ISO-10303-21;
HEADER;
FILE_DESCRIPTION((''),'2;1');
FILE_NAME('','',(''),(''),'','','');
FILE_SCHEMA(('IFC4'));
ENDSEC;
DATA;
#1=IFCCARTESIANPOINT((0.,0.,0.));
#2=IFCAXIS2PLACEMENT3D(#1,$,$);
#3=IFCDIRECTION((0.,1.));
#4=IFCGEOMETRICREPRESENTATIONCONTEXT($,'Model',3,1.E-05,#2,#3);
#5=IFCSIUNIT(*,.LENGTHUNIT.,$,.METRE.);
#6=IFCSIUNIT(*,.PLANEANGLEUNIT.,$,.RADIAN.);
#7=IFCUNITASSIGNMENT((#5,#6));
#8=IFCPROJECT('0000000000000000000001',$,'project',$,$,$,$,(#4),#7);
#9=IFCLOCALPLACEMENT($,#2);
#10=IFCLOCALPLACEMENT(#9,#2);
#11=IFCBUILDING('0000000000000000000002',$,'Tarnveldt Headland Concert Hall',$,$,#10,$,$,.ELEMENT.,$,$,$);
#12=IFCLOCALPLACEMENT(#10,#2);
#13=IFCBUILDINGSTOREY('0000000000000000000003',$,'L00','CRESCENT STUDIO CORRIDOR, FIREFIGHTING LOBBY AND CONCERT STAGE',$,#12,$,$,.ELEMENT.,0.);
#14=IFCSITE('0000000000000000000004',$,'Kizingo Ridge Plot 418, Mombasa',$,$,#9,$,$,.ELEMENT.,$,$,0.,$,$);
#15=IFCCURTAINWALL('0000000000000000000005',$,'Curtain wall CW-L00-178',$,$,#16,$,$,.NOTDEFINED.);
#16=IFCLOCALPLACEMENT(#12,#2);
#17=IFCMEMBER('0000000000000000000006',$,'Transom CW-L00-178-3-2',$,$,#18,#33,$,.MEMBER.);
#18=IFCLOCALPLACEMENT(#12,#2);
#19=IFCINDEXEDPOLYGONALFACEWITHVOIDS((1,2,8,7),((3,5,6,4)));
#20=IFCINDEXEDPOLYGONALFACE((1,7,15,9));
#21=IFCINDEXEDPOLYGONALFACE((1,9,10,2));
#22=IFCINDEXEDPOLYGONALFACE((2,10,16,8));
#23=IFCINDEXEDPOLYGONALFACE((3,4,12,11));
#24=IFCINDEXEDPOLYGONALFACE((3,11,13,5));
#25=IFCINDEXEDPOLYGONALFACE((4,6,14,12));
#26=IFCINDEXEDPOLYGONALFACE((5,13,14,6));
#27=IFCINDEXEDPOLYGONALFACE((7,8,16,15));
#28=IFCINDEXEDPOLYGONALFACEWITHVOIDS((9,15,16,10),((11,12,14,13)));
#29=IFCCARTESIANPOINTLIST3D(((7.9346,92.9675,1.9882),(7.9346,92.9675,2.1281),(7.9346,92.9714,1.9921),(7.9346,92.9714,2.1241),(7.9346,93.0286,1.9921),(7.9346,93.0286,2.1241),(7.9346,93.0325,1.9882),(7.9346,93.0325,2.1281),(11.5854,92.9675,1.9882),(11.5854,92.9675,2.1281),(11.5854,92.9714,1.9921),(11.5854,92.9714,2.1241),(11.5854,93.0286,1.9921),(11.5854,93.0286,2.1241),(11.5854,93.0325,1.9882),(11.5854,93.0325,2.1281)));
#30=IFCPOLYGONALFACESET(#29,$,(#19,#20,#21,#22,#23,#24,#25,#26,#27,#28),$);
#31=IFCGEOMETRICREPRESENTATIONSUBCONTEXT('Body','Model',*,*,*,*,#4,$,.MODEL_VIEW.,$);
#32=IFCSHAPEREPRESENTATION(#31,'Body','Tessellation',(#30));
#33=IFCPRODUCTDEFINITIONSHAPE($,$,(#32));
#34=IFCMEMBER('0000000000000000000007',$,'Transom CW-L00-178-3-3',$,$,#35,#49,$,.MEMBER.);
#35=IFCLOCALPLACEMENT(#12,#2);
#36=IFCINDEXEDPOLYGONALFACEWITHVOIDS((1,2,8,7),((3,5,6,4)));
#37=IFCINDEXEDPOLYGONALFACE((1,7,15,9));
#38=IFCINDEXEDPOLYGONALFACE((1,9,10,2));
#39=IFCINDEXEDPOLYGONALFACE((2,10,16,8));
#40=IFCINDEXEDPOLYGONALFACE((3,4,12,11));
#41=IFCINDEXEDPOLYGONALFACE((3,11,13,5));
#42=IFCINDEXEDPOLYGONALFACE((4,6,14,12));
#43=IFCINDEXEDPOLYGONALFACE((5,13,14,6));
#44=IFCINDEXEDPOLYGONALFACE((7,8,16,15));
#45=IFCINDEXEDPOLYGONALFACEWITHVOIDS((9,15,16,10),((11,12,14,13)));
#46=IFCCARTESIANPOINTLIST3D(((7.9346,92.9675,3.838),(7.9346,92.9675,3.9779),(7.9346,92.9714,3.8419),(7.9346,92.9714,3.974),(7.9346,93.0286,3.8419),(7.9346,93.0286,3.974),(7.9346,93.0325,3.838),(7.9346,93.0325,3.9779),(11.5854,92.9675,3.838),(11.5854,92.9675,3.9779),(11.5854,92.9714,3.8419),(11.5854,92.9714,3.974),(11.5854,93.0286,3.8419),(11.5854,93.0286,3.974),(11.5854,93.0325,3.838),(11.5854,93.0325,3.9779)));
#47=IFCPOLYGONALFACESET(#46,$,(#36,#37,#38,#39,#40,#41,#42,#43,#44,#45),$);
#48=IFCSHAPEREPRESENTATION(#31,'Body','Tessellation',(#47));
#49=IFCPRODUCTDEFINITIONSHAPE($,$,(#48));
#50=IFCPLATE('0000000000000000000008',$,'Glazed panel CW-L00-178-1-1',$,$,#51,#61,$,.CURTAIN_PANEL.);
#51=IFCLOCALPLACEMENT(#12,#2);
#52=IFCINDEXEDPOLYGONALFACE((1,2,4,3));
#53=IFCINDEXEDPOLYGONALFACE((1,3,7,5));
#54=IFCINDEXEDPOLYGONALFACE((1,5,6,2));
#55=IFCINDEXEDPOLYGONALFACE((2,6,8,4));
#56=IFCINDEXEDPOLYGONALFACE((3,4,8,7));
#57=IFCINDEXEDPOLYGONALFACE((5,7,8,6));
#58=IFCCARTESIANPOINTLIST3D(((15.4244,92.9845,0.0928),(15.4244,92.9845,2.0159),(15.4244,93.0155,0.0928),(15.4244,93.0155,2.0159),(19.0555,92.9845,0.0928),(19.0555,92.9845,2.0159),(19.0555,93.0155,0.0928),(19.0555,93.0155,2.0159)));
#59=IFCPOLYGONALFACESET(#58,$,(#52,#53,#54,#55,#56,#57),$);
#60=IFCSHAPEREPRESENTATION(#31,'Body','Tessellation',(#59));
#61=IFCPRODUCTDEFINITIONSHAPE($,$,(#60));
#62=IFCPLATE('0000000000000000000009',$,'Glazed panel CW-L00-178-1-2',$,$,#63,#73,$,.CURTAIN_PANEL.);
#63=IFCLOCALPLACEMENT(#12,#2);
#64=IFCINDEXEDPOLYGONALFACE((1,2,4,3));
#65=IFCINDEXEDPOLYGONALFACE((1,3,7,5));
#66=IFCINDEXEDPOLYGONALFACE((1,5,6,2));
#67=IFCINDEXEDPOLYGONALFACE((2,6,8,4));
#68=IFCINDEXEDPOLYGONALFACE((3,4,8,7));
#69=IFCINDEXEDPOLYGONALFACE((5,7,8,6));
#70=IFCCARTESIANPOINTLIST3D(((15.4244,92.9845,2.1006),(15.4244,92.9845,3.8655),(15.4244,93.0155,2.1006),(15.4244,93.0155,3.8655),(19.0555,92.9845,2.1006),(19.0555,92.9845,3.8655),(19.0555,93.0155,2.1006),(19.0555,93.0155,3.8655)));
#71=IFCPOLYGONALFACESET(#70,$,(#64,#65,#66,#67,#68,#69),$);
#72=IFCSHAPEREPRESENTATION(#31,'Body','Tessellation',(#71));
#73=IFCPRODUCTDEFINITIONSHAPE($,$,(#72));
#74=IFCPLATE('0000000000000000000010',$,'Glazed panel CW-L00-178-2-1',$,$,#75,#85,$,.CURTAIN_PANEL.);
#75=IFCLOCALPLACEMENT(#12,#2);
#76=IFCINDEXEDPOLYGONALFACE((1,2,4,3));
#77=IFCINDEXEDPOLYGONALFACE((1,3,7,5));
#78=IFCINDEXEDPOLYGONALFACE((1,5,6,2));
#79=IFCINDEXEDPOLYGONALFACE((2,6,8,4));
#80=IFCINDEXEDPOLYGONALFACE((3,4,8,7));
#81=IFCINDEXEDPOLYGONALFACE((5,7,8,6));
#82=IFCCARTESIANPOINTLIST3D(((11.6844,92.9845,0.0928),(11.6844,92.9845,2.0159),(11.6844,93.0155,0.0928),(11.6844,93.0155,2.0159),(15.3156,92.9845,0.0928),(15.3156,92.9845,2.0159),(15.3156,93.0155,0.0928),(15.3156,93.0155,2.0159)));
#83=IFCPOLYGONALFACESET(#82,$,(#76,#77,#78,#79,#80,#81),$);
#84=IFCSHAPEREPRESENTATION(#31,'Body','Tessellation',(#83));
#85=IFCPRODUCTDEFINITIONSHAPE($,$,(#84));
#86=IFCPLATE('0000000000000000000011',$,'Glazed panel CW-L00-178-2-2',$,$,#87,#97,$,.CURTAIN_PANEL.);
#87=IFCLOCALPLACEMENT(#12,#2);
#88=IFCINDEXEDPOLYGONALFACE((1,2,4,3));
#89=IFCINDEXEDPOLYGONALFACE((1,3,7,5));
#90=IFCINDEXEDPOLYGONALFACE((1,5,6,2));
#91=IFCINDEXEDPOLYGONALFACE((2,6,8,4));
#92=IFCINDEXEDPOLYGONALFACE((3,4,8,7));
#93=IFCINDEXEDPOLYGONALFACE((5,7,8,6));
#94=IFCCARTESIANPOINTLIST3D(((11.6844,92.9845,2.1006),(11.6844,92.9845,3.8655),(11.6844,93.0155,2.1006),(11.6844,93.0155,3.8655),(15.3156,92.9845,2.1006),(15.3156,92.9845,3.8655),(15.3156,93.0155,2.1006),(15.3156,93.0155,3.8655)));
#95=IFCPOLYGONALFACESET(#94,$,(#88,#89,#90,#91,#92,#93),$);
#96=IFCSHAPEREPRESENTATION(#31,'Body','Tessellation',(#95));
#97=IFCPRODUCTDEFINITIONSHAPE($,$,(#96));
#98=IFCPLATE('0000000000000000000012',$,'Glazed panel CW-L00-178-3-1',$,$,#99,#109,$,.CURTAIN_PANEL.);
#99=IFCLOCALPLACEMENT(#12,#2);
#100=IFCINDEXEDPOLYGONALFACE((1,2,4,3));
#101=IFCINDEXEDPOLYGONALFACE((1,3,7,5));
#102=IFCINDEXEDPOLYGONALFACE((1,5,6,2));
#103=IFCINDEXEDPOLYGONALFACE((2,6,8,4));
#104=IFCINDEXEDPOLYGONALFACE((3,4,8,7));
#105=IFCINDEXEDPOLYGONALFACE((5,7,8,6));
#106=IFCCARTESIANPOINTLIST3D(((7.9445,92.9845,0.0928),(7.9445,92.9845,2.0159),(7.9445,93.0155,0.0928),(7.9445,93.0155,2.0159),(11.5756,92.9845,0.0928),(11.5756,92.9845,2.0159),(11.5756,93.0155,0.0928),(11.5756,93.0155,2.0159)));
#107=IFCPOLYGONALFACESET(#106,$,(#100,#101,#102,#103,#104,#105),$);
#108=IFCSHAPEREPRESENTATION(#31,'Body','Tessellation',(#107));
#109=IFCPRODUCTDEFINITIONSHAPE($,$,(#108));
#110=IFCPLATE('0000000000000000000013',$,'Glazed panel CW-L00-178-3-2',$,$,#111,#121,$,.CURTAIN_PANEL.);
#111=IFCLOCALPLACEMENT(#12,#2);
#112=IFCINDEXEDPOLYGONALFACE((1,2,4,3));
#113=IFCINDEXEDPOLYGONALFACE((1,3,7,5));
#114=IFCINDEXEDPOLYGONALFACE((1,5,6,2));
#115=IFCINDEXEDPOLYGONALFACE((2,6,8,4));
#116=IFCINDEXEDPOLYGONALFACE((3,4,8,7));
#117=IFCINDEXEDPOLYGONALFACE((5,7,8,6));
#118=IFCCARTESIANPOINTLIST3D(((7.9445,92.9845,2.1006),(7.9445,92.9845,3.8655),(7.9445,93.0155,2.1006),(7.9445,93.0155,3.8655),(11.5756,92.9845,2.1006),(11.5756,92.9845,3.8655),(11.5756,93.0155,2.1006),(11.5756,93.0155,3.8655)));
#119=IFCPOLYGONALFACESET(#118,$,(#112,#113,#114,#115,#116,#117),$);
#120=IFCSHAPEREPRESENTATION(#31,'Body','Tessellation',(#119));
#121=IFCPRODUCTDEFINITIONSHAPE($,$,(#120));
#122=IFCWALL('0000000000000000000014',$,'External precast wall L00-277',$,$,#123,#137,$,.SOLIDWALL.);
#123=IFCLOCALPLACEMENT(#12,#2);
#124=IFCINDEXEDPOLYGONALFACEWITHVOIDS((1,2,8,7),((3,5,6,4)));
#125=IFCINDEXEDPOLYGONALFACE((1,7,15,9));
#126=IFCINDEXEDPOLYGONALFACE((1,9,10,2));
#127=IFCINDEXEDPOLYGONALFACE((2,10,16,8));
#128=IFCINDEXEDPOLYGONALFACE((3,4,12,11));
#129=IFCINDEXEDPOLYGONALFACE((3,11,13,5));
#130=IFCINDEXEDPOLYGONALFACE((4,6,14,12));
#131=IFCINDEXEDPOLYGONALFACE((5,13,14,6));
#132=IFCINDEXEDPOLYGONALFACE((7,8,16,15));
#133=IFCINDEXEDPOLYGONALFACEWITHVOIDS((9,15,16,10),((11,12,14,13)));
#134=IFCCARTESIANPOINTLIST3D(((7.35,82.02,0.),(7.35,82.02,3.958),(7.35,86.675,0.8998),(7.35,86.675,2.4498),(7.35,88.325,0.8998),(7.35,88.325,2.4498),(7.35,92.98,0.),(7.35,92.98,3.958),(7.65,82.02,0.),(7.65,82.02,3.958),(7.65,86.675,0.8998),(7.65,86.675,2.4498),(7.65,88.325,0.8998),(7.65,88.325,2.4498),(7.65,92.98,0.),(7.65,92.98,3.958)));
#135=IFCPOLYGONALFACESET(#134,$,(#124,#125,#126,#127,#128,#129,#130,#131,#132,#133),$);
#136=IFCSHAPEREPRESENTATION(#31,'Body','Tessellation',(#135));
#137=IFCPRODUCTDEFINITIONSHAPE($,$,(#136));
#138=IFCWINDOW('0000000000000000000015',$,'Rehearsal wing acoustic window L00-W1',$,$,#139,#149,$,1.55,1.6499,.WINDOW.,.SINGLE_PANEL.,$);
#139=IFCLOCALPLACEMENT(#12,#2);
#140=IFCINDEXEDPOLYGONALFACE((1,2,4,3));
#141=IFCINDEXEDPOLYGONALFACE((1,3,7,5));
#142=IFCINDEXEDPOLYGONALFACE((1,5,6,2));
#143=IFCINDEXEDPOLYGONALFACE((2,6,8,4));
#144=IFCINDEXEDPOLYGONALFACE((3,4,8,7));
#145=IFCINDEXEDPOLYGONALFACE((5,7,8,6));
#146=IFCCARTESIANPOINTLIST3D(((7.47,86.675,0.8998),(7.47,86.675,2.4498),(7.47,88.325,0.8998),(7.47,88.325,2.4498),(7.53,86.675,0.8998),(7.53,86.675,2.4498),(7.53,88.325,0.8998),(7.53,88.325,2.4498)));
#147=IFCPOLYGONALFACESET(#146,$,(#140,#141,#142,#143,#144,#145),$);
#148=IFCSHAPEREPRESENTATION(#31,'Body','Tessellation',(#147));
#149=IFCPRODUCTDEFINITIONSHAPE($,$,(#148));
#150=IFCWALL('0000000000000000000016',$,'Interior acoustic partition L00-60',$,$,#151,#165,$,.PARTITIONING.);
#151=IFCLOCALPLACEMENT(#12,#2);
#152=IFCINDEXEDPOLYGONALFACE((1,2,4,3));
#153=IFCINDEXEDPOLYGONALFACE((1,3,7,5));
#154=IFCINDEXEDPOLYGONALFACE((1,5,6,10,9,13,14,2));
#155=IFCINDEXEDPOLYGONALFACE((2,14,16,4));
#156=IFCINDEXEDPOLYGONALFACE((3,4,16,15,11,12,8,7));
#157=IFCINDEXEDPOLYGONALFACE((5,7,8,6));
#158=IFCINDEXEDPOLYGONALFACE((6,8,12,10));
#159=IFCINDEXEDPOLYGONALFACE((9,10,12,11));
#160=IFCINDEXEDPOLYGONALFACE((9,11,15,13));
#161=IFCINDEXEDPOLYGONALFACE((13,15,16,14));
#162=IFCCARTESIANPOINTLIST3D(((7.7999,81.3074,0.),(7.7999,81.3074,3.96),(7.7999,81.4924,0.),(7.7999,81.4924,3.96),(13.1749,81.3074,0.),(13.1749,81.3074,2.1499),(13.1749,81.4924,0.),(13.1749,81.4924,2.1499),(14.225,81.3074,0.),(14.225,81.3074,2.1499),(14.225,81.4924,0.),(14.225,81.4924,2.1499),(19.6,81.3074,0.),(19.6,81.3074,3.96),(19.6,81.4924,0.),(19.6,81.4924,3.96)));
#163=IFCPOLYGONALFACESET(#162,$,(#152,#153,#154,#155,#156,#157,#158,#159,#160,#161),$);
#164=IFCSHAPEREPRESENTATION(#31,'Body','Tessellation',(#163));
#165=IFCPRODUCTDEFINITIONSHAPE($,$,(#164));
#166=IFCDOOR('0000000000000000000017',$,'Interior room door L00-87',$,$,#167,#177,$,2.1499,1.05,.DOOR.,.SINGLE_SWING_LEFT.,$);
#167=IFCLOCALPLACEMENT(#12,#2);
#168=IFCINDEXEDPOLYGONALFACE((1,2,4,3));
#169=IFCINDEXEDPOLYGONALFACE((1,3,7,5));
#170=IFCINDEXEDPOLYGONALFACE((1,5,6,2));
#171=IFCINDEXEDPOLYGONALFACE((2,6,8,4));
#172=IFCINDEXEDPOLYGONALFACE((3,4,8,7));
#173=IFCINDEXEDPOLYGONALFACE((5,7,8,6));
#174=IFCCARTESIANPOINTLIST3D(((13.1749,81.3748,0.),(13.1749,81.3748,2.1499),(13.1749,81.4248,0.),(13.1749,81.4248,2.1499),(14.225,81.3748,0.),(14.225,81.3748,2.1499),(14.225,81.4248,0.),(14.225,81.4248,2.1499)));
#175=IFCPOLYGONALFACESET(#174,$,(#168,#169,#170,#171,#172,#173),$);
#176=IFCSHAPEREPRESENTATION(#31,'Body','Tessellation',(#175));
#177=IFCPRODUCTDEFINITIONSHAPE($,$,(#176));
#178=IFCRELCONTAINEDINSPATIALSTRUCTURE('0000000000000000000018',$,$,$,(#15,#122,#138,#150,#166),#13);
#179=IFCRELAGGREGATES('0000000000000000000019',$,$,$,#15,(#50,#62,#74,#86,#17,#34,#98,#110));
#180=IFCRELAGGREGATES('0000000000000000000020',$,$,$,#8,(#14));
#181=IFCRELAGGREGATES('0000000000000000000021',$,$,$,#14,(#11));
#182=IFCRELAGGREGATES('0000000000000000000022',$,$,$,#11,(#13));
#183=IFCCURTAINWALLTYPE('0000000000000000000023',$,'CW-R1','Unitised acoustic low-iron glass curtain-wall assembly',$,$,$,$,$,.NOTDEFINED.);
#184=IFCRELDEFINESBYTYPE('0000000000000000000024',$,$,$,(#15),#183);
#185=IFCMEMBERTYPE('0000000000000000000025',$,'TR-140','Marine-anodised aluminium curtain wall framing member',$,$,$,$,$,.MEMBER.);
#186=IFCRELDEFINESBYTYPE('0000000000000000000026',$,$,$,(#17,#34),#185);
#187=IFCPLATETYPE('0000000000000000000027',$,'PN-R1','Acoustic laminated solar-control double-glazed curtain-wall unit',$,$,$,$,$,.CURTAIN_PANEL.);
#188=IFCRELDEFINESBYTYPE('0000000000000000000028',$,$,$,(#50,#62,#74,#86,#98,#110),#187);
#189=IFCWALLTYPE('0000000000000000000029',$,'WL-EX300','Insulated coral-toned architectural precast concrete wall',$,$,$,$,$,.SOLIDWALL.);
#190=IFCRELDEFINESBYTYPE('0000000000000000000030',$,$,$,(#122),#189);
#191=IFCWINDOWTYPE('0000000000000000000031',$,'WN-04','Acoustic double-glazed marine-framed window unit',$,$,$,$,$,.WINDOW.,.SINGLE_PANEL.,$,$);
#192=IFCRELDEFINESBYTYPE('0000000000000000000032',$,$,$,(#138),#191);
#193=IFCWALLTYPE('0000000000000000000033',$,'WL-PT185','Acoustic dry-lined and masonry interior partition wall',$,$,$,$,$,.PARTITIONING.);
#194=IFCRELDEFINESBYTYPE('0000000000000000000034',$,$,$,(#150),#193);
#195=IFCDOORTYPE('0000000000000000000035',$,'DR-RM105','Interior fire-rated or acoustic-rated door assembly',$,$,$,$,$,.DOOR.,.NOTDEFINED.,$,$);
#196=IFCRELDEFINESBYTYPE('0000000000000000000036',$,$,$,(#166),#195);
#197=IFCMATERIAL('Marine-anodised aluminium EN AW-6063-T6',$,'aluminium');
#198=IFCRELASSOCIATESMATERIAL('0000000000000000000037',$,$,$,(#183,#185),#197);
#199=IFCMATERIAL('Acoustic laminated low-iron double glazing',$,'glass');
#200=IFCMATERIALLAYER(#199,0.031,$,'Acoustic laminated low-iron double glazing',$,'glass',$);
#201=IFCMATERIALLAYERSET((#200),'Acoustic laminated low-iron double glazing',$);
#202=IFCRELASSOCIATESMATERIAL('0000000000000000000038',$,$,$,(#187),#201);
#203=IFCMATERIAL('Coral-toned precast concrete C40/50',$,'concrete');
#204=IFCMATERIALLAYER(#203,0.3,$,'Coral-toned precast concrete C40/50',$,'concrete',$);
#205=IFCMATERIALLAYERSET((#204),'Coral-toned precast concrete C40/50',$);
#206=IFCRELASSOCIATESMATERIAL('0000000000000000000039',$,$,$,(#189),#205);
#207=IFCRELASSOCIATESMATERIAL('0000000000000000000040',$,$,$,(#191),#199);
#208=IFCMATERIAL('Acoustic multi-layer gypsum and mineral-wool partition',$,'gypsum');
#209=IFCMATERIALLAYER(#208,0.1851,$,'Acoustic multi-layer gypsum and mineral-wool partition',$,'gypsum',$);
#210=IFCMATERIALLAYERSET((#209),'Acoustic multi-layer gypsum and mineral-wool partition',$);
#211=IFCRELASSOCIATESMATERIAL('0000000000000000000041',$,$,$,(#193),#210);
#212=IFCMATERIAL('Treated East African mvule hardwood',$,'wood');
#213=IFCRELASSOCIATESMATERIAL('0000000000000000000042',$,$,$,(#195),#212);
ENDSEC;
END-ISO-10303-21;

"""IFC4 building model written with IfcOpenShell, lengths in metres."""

from ifc_helpers import new_model, si_unit, direction, frame, frame_2d, origin, origin_2d, place, context, subcontext, project, spatial, rectangle, hollow_rectangle, extrude, material, layer, layer_set, material_profile, profile_set, type_object, element, fill, aggregate, save


model = new_model("IFC4")

# Units and contexts
model_context = context("Model", 3, precision=1e-05, world=origin(), true_north=direction((0.0, 1.0)))
body_context = subcontext(model_context, "Body", "Model", "MODEL_VIEW")
ifc_project = project(units=[si_unit("LENGTHUNIT", "METRE"), si_unit("PLANEANGLEUNIT", "RADIAN")], contexts=[model_context])

# Site, building, storey
site_placement = place(None, origin())
site = spatial("IfcSite", under=ifc_project, at=site_placement, Name="Kizingo Ridge Plot 418, Mombasa", CompositionType="ELEMENT", RefElevation=0.0)
building_placement = place(site_placement, origin())
building = spatial("IfcBuilding", under=site, at=building_placement, Name="Tarnveldt Headland Concert Hall", CompositionType="ELEMENT")
storey_placement = place(building_placement, origin())
storey = spatial("IfcBuildingStorey", under=building, at=storey_placement, Name="L00", Description="CRESCENT STUDIO CORRIDOR, FIREFIGHTING LOBBY AND CONCERT STAGE", CompositionType="ELEMENT", Elevation=0.0)

# Curtain wall
ifc_material_1 = material(Name="Marine-anodised aluminium EN AW-6063-T6", Category="aluminium")
curtain_wall_type = type_object("IfcCurtainWallType", Name="CW-R1", Description="Unitised acoustic low-iron glass curtain-wall assembly", PredefinedType="NOTDEFINED", material=ifc_material_1)
curtain_wall_placement = place(storey_placement, origin())
curtain_wall = element("IfcCurtainWall", 1, at=curtain_wall_placement, inside=storey, type_object=curtain_wall_type, Name="Curtain wall CW-L00-178", PredefinedType="NOTDEFINED")

# Members
ifc_material_profile_1 = material_profile(ifc_material_1, hollow_rectangle(XDim=0.0649, YDim=0.1399, WallThickness=0.0039, at=origin_2d()), Name="ALU TRANSOM 65x140x4", Category="aluminium")
ifc_profile_set_1 = profile_set([ifc_material_profile_1], Name="Marine-anodised aluminium EN AW-6063-T6")
member_type_1 = type_object("IfcMemberType", Name="TR-140", Description="Marine-anodised aluminium curtain wall framing member", PredefinedType="MEMBER", material=ifc_profile_set_1)
member_1_placement = place(storey_placement, frame((11.5854, 93.0, 2.0581), z_axis=(-1.0, 0.0, 0.0), x_axis=(0.0, -1.0, 0.0)))
member_1 = element("IfcMember", 2, at=member_1_placement, type_object=member_type_1, Name="Transom CW-L00-178-3-2", PredefinedType="MEMBER", context=body_context, shape_type="SweptSolid", body=[
    extrude(hollow_rectangle(XDim=0.0649, YDim=0.1399, WallThickness=0.0039, at=origin_2d()), origin(), (0.0, 0.0, 1.0), 3.6509),
])
member_2_placement = place(storey_placement, frame((11.5854, 93.0, 3.908), z_axis=(-1.0, 0.0, 0.0), x_axis=(0.0, -1.0, 0.0)))
member_2 = element("IfcMember", 3, at=member_2_placement, type_object=member_type_1, Name="Transom CW-L00-178-3-3", PredefinedType="MEMBER", context=body_context, shape_type="SweptSolid", body=[
    extrude(hollow_rectangle(XDim=0.0649, YDim=0.1399, WallThickness=0.0039, at=origin_2d()), origin(), (0.0, 0.0, 1.0), 3.6509),
])

# Plates
ifc_material_2 = material(Name="Acoustic laminated low-iron double glazing", Category="glass")
ifc_layer_1 = layer(ifc_material_2, 0.031, Name="Acoustic laminated low-iron double glazing", Category="glass")
ifc_layer_set_1 = layer_set([ifc_layer_1], Name="Acoustic laminated low-iron double glazing")
plate_type = type_object("IfcPlateType", Name="PN-R1", Description="Acoustic laminated solar-control double-glazed curtain-wall unit", PredefinedType="CURTAIN_PANEL", material=ifc_layer_set_1)
plate_1_placement = place(storey_placement, frame((17.24, 93.0, 0.0928), z_axis=(0.0, 0.0, 1.0), x_axis=(-1.0, 0.0, 0.0)))
plate_1 = element("IfcPlate", 4, at=plate_1_placement, type_object=plate_type, Name="Glazed panel CW-L00-178-1-1", PredefinedType="CURTAIN_PANEL", context=body_context, shape_type="SweptSolid", body=[
    extrude(rectangle(XDim=3.6311, YDim=0.031, at=origin_2d()), origin(), (0.0, 0.0, 1.0), 1.9231),
])
plate_2_placement = place(storey_placement, frame((17.24, 93.0, 2.1006), z_axis=(0.0, 0.0, 1.0), x_axis=(-1.0, 0.0, 0.0)))
plate_2 = element("IfcPlate", 5, at=plate_2_placement, type_object=plate_type, Name="Glazed panel CW-L00-178-1-2", PredefinedType="CURTAIN_PANEL", context=body_context, shape_type="SweptSolid", body=[
    extrude(rectangle(XDim=3.6311, YDim=0.031, at=origin_2d()), origin(), (0.0, 0.0, 1.0), 1.7649),
])
plate_3_placement = place(storey_placement, frame((13.5, 93.0, 0.0928), z_axis=(0.0, 0.0, 1.0), x_axis=(-1.0, 0.0, 0.0)))
plate_3 = element("IfcPlate", 6, at=plate_3_placement, type_object=plate_type, Name="Glazed panel CW-L00-178-2-1", PredefinedType="CURTAIN_PANEL", context=body_context, shape_type="SweptSolid", body=[
    extrude(rectangle(XDim=3.6311, YDim=0.031, at=origin_2d()), origin(), (0.0, 0.0, 1.0), 1.9231),
])
plate_4_placement = place(storey_placement, frame((13.5, 93.0, 2.1006), z_axis=(0.0, 0.0, 1.0), x_axis=(-1.0, 0.0, 0.0)))
plate_4 = element("IfcPlate", 7, at=plate_4_placement, type_object=plate_type, Name="Glazed panel CW-L00-178-2-2", PredefinedType="CURTAIN_PANEL", context=body_context, shape_type="SweptSolid", body=[
    extrude(rectangle(XDim=3.6311, YDim=0.031, at=origin_2d()), origin(), (0.0, 0.0, 1.0), 1.7649),
])
plate_5_placement = place(storey_placement, frame((9.76, 93.0, 0.0928), z_axis=(0.0, 0.0, 1.0), x_axis=(-1.0, 0.0, 0.0)))
plate_5 = element("IfcPlate", 8, at=plate_5_placement, type_object=plate_type, Name="Glazed panel CW-L00-178-3-1", PredefinedType="CURTAIN_PANEL", context=body_context, shape_type="SweptSolid", body=[
    extrude(rectangle(XDim=3.6311, YDim=0.031, at=origin_2d()), origin(), (0.0, 0.0, 1.0), 1.9231),
])
plate_6_placement = place(storey_placement, frame((9.76, 93.0, 2.1006), z_axis=(0.0, 0.0, 1.0), x_axis=(-1.0, 0.0, 0.0)))
plate_6 = element("IfcPlate", 9, at=plate_6_placement, type_object=plate_type, Name="Glazed panel CW-L00-178-3-2", PredefinedType="CURTAIN_PANEL", context=body_context, shape_type="SweptSolid", body=[
    extrude(rectangle(XDim=3.6311, YDim=0.031, at=origin_2d()), origin(), (0.0, 0.0, 1.0), 1.7649),
])
aggregate(curtain_wall, [plate_1, plate_2, plate_3, plate_4, member_1, member_2, plate_5, plate_6])

# Wall, opening, window
ifc_material_3 = material(Name="Coral-toned precast concrete C40/50", Category="concrete")
ifc_layer_2 = layer(ifc_material_3, 0.3, Name="Coral-toned precast concrete C40/50", Category="concrete")
ifc_layer_set_2 = layer_set([ifc_layer_2], Name="Coral-toned precast concrete C40/50")
wall_type_1 = type_object("IfcWallType", Name="WL-EX300", Description="Insulated coral-toned architectural precast concrete wall", PredefinedType="SOLIDWALL", material=ifc_layer_set_2)
wall_1_placement = place(storey_placement, frame((7.5, 82.02, 0.0), z_axis=(0.0, 0.0, 1.0), x_axis=(0.0, 1.0, 0.0)))
wall_1 = element("IfcWall", 10, at=wall_1_placement, inside=storey, type_object=wall_type_1, Name="External precast wall L00-277", PredefinedType="SOLIDWALL", context=body_context, shape_type="SweptSolid", body=[
    extrude(rectangle(XDim=10.96, YDim=0.3, at=frame_2d((5.48, 0.0))), origin(), (0.0, 0.0, 1.0), 3.958),
])
opening_1_placement = place(wall_1_placement, frame((4.655, 0.0, 0.8999)))
opening_1 = element("IfcOpeningElement", 11, at=opening_1_placement, cuts=wall_1, PredefinedType="OPENING", context=body_context, shape_type="SweptSolid", body=[
    extrude(rectangle(XDim=1.6499, YDim=1.55, at=frame_2d((0.825, 0.7749))), frame((0.0, 0.1599, 0.0), z_axis=(0.0, -1.0, 0.0), x_axis=(1.0, 0.0, 0.0)), (0.0, 0.0, 1.0), 0.3201),
])
window_type = type_object("IfcWindowType", Name="WN-04", Description="Acoustic double-glazed marine-framed window unit", PartitioningType="SINGLE_PANEL", PredefinedType="WINDOW", material=ifc_material_2)
window_placement = place(opening_1_placement, origin())
window = element("IfcWindow", 12, at=window_placement, inside=storey, type_object=window_type, Name="Rehearsal wing acoustic window L00-W1", OverallHeight=1.55, OverallWidth=1.6499, PartitioningType="SINGLE_PANEL", PredefinedType="WINDOW", context=body_context, shape_type="SweptSolid", body=[
    extrude(rectangle(XDim=1.6499, YDim=1.55, at=frame_2d((0.825, 0.7749))), frame((0.0, 0.03, 0.0), z_axis=(0.0, -1.0, 0.0), x_axis=(1.0, 0.0, 0.0)), (0.0, 0.0, 1.0), 0.0601),
])
fill(opening_1, window)

# Wall, opening, door
ifc_material_4 = material(Name="Acoustic multi-layer gypsum and mineral-wool partition", Category="gypsum")
ifc_layer_3 = layer(ifc_material_4, 0.1851, Name="Acoustic multi-layer gypsum and mineral-wool partition", Category="gypsum")
ifc_layer_set_3 = layer_set([ifc_layer_3], Name="Acoustic multi-layer gypsum and mineral-wool partition")
wall_type_2 = type_object("IfcWallType", Name="WL-PT185", Description="Acoustic dry-lined and masonry interior partition wall", PredefinedType="PARTITIONING", material=ifc_layer_set_3)
wall_2_placement = place(storey_placement, frame((7.8, 81.3999, 0.0), z_axis=(0.0, 0.0, 1.0), x_axis=(1.0, 0.0, 0.0)))
wall_2 = element("IfcWall", 13, at=wall_2_placement, inside=storey, type_object=wall_type_2, Name="Interior acoustic partition L00-60", PredefinedType="PARTITIONING", context=body_context, shape_type="SweptSolid", body=[
    extrude(rectangle(XDim=11.8, YDim=0.1851, at=frame_2d((5.8999, 0.0))), origin(), (0.0, 0.0, 1.0), 3.96),
])
opening_2_placement = place(wall_2_placement, frame((5.375, 0.0, 0.0)))
opening_2 = element("IfcOpeningElement", 14, at=opening_2_placement, cuts=wall_2, PredefinedType="OPENING", context=body_context, shape_type="SweptSolid", body=[
    extrude(rectangle(XDim=1.05, YDim=2.1499, at=frame_2d((0.5249, 1.075))), frame((0.0, 0.1025, 0.0), z_axis=(0.0, -1.0, 0.0), x_axis=(1.0, 0.0, 0.0)), (0.0, 0.0, 1.0), 0.2051),
])
ifc_material_5 = material(Name="Treated East African mvule hardwood", Category="wood")
door_type = type_object("IfcDoorType", Name="DR-RM105", Description="Interior fire-rated or acoustic-rated door assembly", OperationType="NOTDEFINED", PredefinedType="DOOR", material=ifc_material_5)
door_placement = place(opening_2_placement, origin())
door = element("IfcDoor", 15, at=door_placement, inside=storey, type_object=door_type, Name="Interior room door L00-87", OperationType="SINGLE_SWING_LEFT", OverallHeight=2.1499, OverallWidth=1.05, PredefinedType="DOOR", context=body_context, shape_type="SweptSolid", body=[
    extrude(rectangle(XDim=1.05, YDim=2.1499, at=frame_2d((0.5249, 1.075))), frame((0.0, 0.0249, 0.0), z_axis=(0.0, -1.0, 0.0), x_axis=(1.0, 0.0, 0.0)), (0.0, 0.0, 1.0), 0.05),
])
fill(opening_2, door)

save(model, "model.ifc")
